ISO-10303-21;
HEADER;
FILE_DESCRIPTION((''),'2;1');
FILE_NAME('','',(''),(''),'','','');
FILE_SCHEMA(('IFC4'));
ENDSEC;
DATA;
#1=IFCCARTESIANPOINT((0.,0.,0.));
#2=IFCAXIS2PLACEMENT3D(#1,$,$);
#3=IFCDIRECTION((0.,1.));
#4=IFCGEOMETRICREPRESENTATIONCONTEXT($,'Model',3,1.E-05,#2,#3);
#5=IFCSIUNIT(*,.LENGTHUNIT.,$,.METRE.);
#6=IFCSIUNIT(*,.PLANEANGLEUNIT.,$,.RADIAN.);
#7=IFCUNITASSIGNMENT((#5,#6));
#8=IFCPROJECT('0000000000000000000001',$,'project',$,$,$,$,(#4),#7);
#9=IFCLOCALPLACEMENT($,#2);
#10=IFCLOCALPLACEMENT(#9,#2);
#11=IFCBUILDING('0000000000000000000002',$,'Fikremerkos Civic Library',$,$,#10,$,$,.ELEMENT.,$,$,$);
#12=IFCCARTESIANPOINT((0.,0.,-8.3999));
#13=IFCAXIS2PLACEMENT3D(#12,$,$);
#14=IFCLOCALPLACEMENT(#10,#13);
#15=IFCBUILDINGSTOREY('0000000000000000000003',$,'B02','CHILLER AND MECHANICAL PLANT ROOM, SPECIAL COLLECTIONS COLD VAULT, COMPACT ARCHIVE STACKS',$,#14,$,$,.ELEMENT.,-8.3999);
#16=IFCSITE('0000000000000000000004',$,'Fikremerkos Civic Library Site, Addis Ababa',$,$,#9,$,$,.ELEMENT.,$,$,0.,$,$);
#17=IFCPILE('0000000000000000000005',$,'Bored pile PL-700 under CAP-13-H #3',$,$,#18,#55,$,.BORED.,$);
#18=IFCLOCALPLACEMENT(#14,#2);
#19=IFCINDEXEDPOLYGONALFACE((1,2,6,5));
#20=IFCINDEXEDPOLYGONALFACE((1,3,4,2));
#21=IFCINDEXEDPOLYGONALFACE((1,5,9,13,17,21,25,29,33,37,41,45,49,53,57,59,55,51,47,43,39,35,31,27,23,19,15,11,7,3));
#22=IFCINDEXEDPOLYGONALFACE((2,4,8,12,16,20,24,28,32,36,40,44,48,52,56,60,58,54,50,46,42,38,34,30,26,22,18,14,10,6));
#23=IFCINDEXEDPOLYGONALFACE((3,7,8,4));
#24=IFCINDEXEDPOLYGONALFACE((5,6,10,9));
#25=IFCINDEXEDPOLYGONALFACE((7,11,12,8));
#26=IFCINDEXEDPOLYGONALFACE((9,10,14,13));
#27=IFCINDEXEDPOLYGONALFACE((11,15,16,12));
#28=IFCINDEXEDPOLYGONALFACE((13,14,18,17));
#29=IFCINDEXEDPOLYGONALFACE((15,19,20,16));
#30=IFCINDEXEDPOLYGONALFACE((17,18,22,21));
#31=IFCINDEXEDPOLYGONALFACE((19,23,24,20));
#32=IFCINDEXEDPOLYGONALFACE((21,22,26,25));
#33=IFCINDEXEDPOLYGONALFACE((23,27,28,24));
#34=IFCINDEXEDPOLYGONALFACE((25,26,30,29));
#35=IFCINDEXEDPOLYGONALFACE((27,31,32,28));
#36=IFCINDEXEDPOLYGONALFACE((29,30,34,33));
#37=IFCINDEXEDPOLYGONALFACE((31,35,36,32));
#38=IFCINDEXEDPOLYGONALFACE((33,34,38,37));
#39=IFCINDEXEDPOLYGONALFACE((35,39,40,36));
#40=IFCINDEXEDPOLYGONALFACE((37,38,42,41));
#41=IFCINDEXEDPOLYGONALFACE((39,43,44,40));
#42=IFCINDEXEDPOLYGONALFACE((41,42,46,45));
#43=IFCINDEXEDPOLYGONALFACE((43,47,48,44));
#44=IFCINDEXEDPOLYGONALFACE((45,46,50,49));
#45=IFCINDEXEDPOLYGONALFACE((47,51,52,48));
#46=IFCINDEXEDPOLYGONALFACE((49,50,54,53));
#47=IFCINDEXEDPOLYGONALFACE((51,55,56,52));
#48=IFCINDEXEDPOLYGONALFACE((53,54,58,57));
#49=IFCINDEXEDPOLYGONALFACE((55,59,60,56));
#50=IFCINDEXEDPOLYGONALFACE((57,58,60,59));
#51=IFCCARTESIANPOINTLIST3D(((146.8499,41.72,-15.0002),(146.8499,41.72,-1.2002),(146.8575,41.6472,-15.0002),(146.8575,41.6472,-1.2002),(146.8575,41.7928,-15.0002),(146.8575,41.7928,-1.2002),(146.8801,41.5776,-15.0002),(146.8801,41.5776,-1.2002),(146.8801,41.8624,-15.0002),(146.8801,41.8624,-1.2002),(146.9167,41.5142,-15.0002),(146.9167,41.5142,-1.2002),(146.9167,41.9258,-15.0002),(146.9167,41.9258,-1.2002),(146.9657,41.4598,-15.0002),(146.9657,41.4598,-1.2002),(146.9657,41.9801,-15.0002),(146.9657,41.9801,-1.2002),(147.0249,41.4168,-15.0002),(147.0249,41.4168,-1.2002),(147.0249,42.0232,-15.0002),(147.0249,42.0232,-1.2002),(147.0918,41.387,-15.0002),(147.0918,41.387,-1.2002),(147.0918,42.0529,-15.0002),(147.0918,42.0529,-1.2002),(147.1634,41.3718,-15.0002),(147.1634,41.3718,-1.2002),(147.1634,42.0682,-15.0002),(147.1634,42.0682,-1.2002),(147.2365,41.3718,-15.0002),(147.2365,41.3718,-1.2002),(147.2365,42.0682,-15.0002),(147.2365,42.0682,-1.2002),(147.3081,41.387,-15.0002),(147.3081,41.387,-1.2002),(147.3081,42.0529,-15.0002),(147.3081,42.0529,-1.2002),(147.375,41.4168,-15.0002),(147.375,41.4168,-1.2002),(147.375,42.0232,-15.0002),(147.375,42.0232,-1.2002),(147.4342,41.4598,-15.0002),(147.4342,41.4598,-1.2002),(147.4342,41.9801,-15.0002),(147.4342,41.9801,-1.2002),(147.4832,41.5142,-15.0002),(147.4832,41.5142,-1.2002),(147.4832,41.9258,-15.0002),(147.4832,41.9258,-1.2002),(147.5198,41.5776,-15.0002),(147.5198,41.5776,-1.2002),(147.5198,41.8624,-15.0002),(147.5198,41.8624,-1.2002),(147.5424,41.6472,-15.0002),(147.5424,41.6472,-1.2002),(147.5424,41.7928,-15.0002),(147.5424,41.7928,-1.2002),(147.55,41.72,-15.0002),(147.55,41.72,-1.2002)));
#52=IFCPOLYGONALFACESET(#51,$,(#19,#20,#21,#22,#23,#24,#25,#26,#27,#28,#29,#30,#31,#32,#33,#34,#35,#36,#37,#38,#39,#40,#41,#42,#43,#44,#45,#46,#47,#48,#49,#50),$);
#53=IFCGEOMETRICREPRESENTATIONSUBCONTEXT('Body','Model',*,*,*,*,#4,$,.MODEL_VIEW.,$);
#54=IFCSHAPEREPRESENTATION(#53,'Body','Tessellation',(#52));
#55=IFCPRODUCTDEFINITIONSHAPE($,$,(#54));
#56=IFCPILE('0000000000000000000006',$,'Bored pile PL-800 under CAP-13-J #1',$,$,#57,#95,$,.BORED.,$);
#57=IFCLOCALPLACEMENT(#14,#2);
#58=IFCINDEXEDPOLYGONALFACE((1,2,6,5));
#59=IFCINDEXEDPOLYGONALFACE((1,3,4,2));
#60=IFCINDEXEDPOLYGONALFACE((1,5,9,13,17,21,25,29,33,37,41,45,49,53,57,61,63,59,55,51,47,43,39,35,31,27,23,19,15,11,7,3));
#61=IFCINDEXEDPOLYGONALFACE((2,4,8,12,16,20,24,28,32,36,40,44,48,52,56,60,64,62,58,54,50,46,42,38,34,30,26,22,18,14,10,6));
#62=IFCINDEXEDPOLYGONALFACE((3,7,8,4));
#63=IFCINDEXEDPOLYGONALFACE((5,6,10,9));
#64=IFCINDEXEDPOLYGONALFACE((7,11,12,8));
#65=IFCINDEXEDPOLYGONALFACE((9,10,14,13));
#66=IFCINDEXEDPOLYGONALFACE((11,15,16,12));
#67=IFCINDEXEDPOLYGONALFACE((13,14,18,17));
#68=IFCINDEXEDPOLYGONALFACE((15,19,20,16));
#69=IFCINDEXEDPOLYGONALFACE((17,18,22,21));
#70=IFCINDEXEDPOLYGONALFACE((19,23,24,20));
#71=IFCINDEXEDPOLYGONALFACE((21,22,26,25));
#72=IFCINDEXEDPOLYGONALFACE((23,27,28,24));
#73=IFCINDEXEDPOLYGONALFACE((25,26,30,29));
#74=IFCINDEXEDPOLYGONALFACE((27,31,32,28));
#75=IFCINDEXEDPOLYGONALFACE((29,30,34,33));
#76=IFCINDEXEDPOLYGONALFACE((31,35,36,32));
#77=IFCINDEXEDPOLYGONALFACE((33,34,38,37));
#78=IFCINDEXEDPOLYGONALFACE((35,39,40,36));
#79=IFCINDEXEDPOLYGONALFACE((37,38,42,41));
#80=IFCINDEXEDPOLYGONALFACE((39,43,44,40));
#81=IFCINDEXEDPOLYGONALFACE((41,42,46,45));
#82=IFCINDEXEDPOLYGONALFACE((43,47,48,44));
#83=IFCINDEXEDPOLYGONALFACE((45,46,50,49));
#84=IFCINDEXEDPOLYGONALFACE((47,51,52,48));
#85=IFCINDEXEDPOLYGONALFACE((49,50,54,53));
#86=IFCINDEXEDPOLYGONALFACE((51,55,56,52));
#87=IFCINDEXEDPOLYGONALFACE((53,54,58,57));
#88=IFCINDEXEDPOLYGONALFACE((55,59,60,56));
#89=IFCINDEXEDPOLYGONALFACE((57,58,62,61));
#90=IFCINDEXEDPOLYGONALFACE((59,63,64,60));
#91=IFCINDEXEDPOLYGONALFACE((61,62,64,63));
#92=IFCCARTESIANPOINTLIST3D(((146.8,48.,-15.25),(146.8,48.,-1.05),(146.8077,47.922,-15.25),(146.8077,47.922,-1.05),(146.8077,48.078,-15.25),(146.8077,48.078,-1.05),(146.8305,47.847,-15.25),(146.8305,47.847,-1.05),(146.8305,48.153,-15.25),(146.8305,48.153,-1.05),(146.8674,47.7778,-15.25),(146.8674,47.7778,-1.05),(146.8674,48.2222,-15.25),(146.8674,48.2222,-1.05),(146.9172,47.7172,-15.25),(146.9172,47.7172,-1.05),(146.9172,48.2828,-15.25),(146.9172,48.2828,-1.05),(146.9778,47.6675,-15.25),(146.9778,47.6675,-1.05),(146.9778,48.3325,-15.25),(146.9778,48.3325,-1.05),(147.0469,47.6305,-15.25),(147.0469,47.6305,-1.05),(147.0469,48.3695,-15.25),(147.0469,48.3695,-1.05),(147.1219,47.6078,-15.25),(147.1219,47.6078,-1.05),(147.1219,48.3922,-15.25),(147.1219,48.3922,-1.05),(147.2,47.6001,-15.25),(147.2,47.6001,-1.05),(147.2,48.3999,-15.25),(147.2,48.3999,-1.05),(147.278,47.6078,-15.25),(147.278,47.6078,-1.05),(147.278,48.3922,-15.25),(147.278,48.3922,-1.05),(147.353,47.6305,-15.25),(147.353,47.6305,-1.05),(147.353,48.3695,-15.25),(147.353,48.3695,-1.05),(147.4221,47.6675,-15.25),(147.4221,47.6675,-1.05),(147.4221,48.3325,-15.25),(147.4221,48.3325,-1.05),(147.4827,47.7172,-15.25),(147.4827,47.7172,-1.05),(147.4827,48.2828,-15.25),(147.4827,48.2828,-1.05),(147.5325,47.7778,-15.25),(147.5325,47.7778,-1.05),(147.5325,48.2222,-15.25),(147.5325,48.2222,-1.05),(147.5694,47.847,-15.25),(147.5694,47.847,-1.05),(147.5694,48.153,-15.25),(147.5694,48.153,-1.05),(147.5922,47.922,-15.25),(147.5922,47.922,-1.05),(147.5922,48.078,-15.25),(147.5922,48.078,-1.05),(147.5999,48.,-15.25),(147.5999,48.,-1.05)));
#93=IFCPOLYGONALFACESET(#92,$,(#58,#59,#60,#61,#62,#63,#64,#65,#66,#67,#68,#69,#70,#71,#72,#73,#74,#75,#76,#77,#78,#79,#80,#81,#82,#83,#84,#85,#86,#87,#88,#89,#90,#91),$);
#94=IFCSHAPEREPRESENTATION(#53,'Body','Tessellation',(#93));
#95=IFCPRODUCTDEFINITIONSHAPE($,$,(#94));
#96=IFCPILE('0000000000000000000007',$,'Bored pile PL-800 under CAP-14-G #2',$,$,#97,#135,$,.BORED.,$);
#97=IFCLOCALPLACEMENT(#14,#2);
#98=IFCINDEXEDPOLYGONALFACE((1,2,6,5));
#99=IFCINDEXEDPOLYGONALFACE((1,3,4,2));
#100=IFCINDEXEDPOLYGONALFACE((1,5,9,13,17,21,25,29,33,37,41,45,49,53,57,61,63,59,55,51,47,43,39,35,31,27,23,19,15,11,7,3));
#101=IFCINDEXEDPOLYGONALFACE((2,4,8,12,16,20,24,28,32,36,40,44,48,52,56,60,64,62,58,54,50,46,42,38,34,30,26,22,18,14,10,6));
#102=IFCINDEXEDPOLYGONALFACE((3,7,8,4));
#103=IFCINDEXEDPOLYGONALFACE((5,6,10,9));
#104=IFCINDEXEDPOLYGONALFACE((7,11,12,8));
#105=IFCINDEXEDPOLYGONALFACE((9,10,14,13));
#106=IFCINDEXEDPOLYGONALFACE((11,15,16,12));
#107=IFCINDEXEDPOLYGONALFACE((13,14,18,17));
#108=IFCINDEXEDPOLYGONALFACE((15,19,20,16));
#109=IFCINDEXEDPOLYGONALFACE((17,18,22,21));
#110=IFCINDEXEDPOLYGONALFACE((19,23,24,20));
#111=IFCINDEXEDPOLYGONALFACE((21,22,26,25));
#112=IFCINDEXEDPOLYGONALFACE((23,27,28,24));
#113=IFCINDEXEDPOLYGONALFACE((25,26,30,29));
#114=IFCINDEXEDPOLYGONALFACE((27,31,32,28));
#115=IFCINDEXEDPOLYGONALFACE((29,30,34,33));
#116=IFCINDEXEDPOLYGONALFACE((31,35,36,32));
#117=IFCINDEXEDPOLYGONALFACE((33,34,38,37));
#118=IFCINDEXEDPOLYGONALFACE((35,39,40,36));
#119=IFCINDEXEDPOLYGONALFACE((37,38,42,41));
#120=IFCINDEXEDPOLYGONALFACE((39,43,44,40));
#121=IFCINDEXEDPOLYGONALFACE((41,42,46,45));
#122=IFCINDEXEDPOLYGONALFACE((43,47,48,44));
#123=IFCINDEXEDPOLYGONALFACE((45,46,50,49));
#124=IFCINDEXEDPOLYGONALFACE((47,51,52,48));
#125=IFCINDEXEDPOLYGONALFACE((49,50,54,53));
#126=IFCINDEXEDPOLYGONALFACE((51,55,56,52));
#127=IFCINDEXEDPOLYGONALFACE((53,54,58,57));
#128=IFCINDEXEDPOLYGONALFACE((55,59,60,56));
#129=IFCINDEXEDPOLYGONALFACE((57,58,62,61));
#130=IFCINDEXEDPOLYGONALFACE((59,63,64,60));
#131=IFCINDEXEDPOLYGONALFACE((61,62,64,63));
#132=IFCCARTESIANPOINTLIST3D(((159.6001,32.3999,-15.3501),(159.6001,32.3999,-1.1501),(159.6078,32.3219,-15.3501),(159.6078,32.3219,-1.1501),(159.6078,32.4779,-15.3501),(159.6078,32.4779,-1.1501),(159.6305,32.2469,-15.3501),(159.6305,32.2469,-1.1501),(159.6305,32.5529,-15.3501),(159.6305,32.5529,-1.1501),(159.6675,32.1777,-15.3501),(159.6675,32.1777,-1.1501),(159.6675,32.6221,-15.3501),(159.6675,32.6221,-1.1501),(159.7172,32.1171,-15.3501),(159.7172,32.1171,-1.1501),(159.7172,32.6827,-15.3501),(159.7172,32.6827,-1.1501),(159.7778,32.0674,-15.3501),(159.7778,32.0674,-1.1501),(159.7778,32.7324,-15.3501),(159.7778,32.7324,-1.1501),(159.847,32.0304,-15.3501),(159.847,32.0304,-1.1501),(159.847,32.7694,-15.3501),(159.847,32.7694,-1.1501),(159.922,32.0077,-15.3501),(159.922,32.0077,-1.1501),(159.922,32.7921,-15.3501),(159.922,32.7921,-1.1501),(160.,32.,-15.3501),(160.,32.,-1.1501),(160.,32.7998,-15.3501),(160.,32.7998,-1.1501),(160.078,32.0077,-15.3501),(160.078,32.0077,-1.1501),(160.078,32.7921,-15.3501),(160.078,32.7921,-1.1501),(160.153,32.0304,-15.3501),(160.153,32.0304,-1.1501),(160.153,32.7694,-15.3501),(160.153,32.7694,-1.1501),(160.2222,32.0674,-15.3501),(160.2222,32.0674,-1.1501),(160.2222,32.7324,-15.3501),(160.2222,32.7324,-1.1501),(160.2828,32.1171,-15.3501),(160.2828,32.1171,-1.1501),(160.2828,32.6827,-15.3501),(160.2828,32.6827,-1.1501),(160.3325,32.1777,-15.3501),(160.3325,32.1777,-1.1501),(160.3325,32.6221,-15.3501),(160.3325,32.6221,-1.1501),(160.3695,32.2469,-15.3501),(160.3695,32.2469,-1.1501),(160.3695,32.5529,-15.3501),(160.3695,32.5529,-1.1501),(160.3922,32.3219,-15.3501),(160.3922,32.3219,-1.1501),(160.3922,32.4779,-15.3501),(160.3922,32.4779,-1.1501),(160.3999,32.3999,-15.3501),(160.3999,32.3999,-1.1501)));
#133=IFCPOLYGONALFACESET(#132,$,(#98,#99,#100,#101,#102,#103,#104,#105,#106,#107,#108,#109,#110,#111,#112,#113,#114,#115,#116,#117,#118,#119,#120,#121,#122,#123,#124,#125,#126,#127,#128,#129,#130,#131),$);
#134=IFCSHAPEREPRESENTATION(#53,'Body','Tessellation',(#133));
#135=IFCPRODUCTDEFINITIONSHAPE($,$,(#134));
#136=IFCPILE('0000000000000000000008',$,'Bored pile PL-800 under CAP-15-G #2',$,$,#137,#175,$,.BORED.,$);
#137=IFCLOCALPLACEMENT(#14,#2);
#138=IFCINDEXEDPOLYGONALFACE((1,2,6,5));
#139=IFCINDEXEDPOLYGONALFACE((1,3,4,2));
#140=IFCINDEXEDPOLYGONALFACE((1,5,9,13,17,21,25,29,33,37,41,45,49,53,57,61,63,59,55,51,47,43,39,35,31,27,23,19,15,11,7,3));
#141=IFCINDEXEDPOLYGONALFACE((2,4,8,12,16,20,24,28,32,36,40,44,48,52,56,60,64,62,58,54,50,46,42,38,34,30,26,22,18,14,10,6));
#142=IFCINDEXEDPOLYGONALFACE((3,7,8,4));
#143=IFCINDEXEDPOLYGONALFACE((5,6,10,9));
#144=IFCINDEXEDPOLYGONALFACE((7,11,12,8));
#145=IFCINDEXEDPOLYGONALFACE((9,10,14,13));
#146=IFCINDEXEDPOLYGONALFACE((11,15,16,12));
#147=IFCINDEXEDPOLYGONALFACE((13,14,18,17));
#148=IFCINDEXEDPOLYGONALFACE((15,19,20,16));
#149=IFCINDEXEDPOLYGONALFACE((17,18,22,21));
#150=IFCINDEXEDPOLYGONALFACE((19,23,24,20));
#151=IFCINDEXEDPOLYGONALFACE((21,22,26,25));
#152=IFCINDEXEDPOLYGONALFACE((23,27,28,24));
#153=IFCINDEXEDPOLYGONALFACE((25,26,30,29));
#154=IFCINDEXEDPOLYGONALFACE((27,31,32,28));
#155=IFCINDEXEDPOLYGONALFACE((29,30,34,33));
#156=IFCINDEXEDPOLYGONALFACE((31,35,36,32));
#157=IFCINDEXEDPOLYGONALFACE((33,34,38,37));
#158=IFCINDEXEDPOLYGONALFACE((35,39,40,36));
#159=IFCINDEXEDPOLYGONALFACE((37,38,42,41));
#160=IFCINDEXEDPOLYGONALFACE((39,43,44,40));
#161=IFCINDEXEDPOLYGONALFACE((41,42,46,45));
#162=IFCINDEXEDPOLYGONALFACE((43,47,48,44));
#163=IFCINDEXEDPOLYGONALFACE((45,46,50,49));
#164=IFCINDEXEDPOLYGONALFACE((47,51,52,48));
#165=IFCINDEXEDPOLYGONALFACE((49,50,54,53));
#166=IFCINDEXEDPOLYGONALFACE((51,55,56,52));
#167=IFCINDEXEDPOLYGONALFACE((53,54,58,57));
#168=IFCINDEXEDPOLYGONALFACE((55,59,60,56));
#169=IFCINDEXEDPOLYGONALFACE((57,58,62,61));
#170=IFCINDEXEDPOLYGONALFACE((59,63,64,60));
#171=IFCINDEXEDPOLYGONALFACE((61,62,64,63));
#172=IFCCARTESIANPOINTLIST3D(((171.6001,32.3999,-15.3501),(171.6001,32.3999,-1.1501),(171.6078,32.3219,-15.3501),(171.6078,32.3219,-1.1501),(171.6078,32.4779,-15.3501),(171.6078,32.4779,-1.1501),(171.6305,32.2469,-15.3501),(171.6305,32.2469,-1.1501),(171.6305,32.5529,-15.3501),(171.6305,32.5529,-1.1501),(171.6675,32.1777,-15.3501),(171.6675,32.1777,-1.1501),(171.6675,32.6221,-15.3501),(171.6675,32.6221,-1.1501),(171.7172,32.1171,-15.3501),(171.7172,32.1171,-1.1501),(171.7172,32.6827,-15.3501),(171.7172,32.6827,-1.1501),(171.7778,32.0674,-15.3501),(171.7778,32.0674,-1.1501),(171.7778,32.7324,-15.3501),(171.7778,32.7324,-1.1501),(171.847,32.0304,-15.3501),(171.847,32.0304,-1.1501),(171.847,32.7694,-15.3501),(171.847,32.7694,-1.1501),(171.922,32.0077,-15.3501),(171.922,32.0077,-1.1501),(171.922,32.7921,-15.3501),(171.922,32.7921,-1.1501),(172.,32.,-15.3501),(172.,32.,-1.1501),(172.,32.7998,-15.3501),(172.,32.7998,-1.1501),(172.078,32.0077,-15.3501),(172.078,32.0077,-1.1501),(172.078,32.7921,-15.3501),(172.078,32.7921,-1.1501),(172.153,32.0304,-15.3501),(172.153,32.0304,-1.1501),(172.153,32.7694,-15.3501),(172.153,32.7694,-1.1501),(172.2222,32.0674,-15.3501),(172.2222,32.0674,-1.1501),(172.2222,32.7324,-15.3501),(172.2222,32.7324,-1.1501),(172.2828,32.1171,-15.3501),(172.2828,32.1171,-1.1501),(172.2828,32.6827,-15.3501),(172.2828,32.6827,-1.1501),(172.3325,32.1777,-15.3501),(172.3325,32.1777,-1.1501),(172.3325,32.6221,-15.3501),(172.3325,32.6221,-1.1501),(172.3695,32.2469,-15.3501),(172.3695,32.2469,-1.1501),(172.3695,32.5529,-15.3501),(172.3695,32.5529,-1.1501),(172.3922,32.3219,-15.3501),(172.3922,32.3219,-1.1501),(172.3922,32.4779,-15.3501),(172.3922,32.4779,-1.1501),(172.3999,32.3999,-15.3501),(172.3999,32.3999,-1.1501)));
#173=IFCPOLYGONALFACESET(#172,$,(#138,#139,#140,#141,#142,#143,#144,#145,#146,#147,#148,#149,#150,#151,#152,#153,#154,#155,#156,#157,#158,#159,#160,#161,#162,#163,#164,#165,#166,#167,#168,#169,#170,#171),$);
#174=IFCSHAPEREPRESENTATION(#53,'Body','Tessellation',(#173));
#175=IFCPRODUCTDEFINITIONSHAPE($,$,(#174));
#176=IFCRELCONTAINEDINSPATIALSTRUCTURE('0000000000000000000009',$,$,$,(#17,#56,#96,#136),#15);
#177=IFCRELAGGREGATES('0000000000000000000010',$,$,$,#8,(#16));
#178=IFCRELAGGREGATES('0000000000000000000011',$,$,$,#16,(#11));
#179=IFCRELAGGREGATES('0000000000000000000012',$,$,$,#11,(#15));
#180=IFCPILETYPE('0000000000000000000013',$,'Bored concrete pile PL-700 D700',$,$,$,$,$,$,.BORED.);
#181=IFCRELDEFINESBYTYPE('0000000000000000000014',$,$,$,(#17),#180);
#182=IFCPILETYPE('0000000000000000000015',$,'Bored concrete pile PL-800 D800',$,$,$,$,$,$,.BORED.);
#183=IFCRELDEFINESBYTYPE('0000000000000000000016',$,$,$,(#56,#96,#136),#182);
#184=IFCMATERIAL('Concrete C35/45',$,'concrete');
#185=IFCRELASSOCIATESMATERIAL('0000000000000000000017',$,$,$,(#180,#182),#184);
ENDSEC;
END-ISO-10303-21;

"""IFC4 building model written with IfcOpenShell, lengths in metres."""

from ifc_helpers import new_model, si_unit, direction, frame, origin, origin_2d, place, context, subcontext, project, spatial, circle, extrude, material, material_profile, profile_set, type_object, element, save


model = new_model("IFC4")

# Units and contexts
model_context = context("Model", 3, precision=1e-05, world=origin(), true_north=direction((0.0, 1.0)))
body_context = subcontext(model_context, "Body", "Model", "MODEL_VIEW")
ifc_project = project(units=[si_unit("LENGTHUNIT", "METRE"), si_unit("PLANEANGLEUNIT", "RADIAN")], contexts=[model_context])

# Site, building, storey
site_placement = place(None, origin())
site = spatial("IfcSite", under=ifc_project, at=site_placement, Name="Fikremerkos Civic Library Site, Addis Ababa", CompositionType="ELEMENT", RefElevation=0.0)
building_placement = place(site_placement, origin())
building = spatial("IfcBuilding", under=site, at=building_placement, Name="Fikremerkos Civic Library", CompositionType="ELEMENT")
storey_placement = place(building_placement, frame((0.0, 0.0, -8.3999)))
storey = spatial("IfcBuildingStorey", under=building, at=storey_placement, Name="B02", Description="CHILLER AND MECHANICAL PLANT ROOM, SPECIAL COLLECTIONS COLD VAULT, COMPACT ARCHIVE STACKS", CompositionType="ELEMENT", Elevation=-8.3999)

# Piles
ifc_material_1 = material(Name="Concrete C35/45", Category="concrete")
ifc_material_profile_1 = material_profile(ifc_material_1, circle(Radius=0.3501, at=origin_2d()), Name="BORED PILE 700")
ifc_profile_set_1 = profile_set([ifc_material_profile_1], Name="Concrete C35/45")
pile_type_1 = type_object("IfcPileType", Name="Bored concrete pile PL-700 D700", PredefinedType="BORED", material=ifc_profile_set_1)
for number, where, z_axis, x_axis, name in (
    (1, (147.2, 41.72, -1.2002), (0.0, 0.0, -1.0), (1.0, 0.0, 0.0), "Bored pile PL-700 under CAP-13-H #3"),
):
    element("IfcPile", number, at=place(storey_placement, frame(where, z_axis=z_axis, x_axis=x_axis)), inside=storey, type_object=pile_type_1, Name=name, PredefinedType="BORED", context=body_context, shape_type="SweptSolid", body=[
        extrude(circle(Radius=0.3501, at=origin_2d()), origin(), (0.0, 0.0, 1.0), 13.8),
    ])
ifc_material_profile_2 = material_profile(ifc_material_1, circle(Radius=0.3999, at=origin_2d()), Name="BORED PILE 800")
ifc_profile_set_2 = profile_set([ifc_material_profile_2], Name="Concrete C35/45")
pile_type_2 = type_object("IfcPileType", Name="Bored concrete pile PL-800 D800", PredefinedType="BORED", material=ifc_profile_set_2)
for number, where, z_axis, x_axis, name in (
    (2, (147.2, 48.0, -1.05), (0.0, 0.0, -1.0), (1.0, 0.0, 0.0), "Bored pile PL-800 under CAP-13-J #1"),
    (3, (160.0, 32.3999, -1.1501), (0.0, 0.0, -1.0), (1.0, 0.0, 0.0), "Bored pile PL-800 under CAP-14-G #2"),
    (4, (172.0, 32.3999, -1.1501), (0.0, 0.0, -1.0), (1.0, 0.0, 0.0), "Bored pile PL-800 under CAP-15-G #2"),
):
    element("IfcPile", number, at=place(storey_placement, frame(where, z_axis=z_axis, x_axis=x_axis)), inside=storey, type_object=pile_type_2, Name=name, PredefinedType="BORED", context=body_context, shape_type="SweptSolid", body=[
        extrude(circle(Radius=0.3999, at=origin_2d()), origin(), (0.0, 0.0, 1.0), 14.2),
    ])

save(model, "model.ifc")
